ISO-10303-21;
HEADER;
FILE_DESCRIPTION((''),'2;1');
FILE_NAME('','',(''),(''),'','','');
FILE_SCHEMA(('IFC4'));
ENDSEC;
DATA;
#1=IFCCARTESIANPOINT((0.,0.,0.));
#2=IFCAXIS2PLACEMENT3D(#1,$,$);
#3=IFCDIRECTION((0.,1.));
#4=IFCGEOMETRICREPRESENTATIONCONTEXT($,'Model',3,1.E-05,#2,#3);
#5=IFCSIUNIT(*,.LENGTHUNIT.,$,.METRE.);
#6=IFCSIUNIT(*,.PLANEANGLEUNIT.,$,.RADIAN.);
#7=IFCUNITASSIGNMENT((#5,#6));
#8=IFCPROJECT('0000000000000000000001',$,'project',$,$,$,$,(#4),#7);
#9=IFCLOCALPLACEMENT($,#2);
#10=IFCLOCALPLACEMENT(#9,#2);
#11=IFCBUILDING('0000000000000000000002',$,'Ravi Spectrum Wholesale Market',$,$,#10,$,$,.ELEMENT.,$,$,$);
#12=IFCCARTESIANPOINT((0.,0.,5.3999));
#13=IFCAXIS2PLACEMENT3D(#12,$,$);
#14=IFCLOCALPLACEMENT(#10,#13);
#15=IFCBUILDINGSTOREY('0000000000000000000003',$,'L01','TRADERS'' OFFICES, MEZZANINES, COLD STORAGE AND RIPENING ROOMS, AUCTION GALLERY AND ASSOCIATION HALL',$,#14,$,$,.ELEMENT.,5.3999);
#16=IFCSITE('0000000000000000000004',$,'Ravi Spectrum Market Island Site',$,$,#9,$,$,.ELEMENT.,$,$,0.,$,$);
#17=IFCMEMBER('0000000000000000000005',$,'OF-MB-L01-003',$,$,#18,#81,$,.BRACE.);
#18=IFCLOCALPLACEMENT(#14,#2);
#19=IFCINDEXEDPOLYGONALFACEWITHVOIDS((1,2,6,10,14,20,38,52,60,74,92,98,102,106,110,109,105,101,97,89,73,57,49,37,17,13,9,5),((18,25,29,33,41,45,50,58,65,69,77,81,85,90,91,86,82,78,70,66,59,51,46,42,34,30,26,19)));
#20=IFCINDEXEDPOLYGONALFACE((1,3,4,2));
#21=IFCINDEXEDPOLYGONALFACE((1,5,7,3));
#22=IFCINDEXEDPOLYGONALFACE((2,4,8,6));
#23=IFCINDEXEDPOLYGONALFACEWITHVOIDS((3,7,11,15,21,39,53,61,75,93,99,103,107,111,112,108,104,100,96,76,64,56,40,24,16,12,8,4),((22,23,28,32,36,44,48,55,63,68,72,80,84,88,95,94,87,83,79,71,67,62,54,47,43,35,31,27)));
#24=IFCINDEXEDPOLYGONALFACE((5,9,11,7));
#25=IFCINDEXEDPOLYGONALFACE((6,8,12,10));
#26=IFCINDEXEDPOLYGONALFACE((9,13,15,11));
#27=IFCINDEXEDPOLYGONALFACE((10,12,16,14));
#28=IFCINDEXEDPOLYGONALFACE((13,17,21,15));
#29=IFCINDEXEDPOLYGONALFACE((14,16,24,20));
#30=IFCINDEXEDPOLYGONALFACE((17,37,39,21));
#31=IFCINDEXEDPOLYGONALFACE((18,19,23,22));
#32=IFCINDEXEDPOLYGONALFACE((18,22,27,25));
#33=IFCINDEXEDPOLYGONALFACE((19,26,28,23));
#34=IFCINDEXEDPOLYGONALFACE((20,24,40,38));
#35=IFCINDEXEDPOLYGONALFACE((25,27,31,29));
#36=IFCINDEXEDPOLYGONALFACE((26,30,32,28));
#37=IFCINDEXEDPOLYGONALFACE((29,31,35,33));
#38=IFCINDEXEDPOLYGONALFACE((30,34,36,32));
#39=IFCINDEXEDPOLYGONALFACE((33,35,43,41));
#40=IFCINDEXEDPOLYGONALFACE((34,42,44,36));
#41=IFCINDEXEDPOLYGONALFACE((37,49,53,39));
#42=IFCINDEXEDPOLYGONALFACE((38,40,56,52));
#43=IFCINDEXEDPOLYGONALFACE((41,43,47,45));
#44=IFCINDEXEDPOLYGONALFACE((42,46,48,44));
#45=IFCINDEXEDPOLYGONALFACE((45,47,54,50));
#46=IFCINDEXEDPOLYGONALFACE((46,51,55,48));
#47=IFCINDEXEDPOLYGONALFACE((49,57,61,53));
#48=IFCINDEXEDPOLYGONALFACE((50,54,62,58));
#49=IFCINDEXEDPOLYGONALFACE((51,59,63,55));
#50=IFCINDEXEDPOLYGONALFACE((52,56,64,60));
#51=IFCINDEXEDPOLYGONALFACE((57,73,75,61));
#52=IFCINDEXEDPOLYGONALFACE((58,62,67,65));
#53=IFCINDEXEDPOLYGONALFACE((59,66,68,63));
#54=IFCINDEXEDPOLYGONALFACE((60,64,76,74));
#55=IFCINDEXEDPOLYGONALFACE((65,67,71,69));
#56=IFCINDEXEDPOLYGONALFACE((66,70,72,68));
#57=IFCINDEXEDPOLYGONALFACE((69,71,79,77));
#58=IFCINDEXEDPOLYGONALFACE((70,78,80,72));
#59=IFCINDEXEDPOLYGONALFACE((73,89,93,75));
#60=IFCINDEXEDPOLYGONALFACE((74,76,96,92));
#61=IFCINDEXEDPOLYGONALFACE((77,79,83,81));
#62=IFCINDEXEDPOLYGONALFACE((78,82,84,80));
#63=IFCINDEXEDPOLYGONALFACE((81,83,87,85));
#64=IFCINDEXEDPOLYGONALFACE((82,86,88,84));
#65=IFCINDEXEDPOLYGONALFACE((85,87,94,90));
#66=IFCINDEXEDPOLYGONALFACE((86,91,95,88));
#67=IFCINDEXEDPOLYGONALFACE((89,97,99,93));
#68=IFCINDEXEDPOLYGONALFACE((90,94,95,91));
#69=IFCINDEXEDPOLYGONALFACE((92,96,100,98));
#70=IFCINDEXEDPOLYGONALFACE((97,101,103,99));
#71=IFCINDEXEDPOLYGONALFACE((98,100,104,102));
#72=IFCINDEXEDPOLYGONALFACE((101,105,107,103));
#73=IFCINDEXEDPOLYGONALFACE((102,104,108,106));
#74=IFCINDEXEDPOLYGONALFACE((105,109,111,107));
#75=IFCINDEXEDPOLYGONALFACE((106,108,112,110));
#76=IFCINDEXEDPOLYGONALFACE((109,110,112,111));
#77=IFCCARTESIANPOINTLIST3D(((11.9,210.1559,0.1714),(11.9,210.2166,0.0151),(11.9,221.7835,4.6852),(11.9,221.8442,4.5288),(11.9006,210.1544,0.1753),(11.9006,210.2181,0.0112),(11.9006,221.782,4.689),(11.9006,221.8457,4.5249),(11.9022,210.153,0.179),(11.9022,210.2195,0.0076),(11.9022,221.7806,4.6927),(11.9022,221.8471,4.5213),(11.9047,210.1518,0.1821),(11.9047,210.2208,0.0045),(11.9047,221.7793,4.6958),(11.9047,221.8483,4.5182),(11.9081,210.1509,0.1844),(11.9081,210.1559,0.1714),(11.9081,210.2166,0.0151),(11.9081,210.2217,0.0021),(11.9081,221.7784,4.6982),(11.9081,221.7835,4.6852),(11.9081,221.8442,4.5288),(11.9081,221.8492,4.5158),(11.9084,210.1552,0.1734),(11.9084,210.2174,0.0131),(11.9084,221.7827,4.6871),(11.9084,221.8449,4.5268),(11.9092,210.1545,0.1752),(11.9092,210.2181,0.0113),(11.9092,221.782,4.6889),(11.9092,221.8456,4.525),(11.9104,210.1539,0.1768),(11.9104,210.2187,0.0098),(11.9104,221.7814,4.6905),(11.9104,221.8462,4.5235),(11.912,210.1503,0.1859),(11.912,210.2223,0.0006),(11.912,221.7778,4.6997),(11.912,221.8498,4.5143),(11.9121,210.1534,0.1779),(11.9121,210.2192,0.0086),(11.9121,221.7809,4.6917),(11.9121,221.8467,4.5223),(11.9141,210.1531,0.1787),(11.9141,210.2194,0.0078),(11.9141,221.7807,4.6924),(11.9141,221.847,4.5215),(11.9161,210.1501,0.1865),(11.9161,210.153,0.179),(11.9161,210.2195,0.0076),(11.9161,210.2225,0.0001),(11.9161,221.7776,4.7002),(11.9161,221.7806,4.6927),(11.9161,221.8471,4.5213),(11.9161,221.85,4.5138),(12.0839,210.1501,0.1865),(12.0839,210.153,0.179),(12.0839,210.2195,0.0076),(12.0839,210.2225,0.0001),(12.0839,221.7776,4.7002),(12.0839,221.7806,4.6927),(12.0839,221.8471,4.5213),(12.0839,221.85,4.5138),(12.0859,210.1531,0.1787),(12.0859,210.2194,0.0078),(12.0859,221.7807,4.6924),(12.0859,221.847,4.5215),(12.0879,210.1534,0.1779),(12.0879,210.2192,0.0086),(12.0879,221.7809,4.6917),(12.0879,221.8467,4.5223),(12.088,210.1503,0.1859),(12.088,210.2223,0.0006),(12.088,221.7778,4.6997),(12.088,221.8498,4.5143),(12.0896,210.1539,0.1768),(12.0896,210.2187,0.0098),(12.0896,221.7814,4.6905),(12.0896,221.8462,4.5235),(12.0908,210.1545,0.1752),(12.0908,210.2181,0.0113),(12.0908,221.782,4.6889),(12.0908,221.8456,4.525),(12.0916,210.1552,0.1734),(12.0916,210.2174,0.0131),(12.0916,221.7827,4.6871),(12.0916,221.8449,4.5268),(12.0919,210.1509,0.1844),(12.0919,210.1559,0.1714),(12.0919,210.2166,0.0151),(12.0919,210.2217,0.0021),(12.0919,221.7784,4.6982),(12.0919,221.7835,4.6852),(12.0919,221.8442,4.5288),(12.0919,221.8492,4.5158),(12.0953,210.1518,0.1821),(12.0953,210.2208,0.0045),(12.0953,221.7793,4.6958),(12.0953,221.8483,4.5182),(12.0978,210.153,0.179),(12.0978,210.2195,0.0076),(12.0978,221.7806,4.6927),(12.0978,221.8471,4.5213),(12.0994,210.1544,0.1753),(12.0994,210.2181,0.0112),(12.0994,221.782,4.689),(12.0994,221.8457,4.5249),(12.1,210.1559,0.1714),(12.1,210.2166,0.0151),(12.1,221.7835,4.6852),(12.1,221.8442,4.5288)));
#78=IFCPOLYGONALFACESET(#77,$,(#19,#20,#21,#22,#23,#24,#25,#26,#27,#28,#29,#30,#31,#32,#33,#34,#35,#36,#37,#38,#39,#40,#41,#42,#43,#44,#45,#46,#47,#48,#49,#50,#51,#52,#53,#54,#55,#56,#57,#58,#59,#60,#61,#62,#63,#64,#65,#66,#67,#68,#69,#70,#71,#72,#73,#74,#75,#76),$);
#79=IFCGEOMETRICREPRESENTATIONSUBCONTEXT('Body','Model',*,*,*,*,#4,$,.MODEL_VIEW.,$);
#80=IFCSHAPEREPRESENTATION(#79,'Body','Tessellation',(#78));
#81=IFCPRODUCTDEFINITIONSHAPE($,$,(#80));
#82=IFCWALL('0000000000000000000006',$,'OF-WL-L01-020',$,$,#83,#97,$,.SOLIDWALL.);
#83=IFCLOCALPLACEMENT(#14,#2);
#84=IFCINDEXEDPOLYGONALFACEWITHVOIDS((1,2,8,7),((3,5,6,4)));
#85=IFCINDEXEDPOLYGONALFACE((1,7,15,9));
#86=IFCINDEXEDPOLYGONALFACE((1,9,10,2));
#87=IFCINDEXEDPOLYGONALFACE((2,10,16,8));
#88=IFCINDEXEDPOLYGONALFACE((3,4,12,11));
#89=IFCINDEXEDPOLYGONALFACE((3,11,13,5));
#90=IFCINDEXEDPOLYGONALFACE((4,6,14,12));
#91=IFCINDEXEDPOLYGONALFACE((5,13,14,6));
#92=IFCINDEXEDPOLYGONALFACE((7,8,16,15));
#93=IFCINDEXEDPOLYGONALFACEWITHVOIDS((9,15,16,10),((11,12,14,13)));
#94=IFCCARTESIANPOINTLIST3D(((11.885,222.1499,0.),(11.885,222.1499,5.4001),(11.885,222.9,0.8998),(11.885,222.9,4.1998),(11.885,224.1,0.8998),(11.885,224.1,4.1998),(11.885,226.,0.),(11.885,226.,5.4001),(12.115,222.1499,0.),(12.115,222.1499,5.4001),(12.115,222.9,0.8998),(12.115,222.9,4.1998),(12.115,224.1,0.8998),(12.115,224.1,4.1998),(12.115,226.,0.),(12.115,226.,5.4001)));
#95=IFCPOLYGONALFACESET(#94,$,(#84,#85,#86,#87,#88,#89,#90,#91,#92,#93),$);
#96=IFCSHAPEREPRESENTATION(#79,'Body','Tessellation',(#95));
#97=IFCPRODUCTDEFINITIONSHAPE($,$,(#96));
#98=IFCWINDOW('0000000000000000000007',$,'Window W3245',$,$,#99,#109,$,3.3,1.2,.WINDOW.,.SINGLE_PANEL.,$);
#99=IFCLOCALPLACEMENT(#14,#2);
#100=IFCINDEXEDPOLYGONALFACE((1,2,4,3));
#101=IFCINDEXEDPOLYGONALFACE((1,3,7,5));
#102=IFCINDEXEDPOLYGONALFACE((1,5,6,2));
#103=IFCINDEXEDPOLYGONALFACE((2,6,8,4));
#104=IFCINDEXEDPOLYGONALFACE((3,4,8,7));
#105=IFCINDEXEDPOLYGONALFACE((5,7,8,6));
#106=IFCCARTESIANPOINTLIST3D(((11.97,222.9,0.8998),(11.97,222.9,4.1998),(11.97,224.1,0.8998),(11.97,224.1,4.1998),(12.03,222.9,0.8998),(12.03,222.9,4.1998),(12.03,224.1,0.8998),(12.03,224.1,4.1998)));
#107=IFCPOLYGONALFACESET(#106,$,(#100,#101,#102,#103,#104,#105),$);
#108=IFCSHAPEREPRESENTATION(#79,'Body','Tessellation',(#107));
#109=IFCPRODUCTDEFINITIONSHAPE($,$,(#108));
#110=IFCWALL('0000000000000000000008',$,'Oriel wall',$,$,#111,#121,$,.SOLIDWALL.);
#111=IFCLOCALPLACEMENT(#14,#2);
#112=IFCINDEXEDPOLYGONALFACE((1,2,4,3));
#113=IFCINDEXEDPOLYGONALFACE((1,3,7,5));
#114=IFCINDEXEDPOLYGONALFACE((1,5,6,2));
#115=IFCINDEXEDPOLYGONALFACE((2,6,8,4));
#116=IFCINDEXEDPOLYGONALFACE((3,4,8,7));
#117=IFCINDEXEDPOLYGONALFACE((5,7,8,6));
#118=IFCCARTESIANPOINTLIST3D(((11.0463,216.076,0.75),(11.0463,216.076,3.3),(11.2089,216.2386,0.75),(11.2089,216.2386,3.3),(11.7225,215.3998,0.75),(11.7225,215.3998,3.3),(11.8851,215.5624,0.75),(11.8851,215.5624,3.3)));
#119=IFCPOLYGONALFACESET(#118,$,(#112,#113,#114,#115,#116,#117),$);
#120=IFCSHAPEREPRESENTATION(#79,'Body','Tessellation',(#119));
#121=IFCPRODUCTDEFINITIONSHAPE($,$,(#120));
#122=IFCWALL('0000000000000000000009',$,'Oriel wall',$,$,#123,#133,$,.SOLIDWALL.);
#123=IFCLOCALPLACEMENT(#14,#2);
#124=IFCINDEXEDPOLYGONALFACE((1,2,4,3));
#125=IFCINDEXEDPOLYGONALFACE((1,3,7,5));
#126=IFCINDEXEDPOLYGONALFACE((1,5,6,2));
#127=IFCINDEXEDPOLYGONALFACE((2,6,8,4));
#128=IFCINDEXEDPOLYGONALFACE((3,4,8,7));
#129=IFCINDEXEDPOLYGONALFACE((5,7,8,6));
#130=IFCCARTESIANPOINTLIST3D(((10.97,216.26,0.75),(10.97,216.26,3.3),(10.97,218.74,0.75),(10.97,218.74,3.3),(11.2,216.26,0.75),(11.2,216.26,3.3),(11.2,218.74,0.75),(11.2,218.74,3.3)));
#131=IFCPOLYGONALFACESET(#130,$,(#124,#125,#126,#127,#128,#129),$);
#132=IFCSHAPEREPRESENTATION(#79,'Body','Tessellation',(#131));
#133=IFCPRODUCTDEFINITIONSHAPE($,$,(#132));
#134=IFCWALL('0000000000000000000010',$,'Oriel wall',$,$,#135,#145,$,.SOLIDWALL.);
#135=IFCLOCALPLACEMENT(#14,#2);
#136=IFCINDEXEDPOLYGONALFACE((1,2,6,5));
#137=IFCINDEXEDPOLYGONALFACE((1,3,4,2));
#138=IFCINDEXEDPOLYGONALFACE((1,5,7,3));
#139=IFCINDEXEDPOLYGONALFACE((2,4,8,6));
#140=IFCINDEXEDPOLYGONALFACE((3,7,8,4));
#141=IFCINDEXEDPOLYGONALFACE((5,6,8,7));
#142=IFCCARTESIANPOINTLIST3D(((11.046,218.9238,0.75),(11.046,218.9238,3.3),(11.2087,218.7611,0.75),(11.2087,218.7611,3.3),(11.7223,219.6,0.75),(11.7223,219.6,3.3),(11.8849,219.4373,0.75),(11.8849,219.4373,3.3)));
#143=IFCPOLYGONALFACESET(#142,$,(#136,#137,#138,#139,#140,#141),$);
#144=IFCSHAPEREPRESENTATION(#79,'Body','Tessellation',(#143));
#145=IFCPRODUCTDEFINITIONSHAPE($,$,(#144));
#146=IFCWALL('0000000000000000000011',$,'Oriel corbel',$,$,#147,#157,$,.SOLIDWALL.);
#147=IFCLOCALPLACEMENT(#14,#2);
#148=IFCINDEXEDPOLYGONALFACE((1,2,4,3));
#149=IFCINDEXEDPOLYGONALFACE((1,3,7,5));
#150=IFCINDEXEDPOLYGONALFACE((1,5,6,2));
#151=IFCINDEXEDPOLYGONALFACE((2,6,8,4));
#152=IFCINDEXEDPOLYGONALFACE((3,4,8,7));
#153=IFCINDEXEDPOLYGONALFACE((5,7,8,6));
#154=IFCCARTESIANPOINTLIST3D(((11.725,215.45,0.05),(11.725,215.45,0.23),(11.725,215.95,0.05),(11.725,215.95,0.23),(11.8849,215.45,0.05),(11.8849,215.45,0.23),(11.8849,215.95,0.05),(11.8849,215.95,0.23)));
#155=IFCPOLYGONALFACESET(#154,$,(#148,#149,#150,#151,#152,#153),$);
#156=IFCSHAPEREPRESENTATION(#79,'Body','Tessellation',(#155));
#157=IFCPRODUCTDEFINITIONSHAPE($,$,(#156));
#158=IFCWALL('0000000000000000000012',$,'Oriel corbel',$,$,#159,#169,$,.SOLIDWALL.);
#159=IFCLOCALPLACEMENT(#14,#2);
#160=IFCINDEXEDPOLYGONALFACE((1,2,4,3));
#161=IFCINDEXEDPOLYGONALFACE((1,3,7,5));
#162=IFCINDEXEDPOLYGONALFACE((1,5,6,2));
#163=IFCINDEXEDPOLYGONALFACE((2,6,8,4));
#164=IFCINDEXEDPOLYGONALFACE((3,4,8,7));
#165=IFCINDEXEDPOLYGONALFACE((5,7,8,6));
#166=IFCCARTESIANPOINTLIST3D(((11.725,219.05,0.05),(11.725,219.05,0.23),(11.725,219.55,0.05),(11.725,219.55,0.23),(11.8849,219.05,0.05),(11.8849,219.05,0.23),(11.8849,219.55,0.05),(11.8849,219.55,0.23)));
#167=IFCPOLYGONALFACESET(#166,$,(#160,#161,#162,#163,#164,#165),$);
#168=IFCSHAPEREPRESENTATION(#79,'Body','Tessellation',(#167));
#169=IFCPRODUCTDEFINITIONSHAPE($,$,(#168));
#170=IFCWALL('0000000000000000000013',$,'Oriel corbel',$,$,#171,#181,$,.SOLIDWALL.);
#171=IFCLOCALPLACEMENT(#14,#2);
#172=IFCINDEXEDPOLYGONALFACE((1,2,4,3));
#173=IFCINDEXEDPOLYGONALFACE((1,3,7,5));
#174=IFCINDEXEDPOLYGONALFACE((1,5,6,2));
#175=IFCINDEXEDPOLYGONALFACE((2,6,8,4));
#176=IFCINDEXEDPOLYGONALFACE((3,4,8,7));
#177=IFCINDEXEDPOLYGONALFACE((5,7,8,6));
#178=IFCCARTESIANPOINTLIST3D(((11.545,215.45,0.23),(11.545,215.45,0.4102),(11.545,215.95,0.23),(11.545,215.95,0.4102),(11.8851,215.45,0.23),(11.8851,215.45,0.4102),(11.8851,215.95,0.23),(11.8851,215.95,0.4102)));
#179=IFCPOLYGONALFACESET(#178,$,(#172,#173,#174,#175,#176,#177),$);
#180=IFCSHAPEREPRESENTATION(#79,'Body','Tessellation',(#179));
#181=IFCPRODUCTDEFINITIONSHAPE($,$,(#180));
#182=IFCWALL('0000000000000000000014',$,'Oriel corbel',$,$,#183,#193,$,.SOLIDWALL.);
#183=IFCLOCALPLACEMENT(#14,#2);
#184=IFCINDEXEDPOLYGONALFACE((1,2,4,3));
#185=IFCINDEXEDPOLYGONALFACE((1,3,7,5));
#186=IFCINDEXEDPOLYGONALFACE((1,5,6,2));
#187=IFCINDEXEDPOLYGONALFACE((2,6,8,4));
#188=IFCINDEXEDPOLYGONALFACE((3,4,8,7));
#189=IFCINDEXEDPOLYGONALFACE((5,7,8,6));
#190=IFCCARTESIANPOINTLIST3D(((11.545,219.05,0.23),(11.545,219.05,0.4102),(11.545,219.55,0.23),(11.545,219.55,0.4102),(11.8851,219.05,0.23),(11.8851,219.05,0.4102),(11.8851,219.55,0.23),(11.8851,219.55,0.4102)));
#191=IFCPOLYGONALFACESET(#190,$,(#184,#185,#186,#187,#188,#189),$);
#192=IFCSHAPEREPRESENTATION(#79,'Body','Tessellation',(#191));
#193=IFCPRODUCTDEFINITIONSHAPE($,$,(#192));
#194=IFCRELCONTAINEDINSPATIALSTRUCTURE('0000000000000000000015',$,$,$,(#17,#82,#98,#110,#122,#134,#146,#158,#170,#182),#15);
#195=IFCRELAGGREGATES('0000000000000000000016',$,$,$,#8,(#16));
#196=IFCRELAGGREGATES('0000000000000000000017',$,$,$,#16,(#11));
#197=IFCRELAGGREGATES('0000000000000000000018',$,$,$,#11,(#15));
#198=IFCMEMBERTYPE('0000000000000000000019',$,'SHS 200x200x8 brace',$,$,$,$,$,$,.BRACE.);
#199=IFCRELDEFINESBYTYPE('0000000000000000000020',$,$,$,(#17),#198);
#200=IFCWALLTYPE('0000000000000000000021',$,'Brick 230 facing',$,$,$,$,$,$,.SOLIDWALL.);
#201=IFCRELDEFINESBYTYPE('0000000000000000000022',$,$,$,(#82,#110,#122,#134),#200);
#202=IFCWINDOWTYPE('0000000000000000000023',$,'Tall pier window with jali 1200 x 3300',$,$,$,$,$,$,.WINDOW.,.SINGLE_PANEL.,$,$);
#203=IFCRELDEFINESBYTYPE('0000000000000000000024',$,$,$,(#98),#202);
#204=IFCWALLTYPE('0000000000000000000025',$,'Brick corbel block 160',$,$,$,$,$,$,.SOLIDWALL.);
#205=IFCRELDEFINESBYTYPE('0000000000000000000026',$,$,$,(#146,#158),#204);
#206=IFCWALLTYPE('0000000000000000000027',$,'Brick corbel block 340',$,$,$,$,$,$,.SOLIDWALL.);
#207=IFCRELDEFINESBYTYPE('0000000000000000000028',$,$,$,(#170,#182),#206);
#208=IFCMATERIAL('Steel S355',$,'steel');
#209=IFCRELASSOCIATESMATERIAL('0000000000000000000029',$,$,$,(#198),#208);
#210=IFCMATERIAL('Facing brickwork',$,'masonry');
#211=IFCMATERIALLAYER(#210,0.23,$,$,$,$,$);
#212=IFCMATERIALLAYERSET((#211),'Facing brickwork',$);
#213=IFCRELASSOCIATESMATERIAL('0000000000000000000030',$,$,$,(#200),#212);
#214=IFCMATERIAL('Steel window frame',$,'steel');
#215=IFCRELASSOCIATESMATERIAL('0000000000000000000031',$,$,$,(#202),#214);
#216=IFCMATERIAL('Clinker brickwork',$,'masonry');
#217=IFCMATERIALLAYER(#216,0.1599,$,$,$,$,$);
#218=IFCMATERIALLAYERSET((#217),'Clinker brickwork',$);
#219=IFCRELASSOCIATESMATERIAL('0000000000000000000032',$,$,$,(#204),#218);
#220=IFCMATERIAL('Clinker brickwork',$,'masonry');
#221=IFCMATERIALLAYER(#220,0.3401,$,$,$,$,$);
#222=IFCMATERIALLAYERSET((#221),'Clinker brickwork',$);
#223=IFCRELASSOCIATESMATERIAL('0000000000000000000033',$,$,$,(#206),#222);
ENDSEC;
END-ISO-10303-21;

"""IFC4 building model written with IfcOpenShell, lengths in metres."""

from ifc_helpers import new_model, si_unit, direction, frame, frame_2d, origin, origin_2d, place, context, subcontext, project, spatial, rectangle, hollow_rectangle, extrude, material, layer, layer_set, material_profile, profile_set, type_object, element, fill, save


model = new_model("IFC4")

# Units and contexts
model_context = context("Model", 3, precision=1e-05, world=origin(), true_north=direction((0.0, 1.0)))
body_context = subcontext(model_context, "Body", "Model", "MODEL_VIEW")
ifc_project = project(units=[si_unit("LENGTHUNIT", "METRE"), si_unit("PLANEANGLEUNIT", "RADIAN")], contexts=[model_context])

# Site, building, storey
site_placement = place(None, origin())
site = spatial("IfcSite", under=ifc_project, at=site_placement, Name="Ravi Spectrum Market Island Site", CompositionType="ELEMENT", RefElevation=0.0)
building_placement = place(site_placement, origin())
building = spatial("IfcBuilding", under=site, at=building_placement, Name="Ravi Spectrum Wholesale Market", CompositionType="ELEMENT")
storey_placement = place(building_placement, frame((0.0, 0.0, 5.3999)))
storey = spatial("IfcBuildingStorey", under=building, at=storey_placement, Name="L01", Description="TRADERS' OFFICES, MEZZANINES, COLD STORAGE AND RIPENING ROOMS, AUCTION GALLERY AND ASSOCIATION HALL", CompositionType="ELEMENT", Elevation=5.3999)

# Member
ifc_material_1 = material(Name="Steel S355", Category="steel")
ifc_material_profile_1 = material_profile(ifc_material_1, hollow_rectangle(XDim=0.2, YDim=0.2, WallThickness=0.0081, InnerFilletRadius=0.0081, OuterFilletRadius=0.0161, at=origin_2d()))
ifc_profile_set_1 = profile_set([ifc_material_profile_1], Name="Steel S355")
member_type = type_object("IfcMemberType", Name="SHS 200x200x8 brace", PredefinedType="BRACE", material=ifc_profile_set_1)
member_placement = place(storey_placement, frame((12.0, 210.1863, 0.0933), z_axis=(0.0, 0.932224, 0.361881), x_axis=(-1.0, 0.0, 0.0)))
element("IfcMember", 1, at=member_placement, inside=storey, type_object=member_type, Name="OF-MB-L01-003", PredefinedType="BRACE", context=body_context, shape_type="SweptSolid", body=[
    extrude(hollow_rectangle(XDim=0.2, YDim=0.2, WallThickness=0.0081, InnerFilletRadius=0.0081, OuterFilletRadius=0.0161, at=origin_2d()), origin(), (0.0, 0.0, 1.0), 12.4729),
])

# Wall, opening, window
ifc_material_2 = material(Name="Facing brickwork", Category="masonry")
ifc_layer_1 = layer(ifc_material_2, 0.23)
ifc_layer_set_1 = layer_set([ifc_layer_1], Name="Facing brickwork")
wall_type_1 = type_object("IfcWallType", Name="Brick 230 facing", PredefinedType="SOLIDWALL", material=ifc_layer_set_1)
wall_1_placement = place(storey_placement, frame((12.0, 222.1499, 0.0), z_axis=(0.0, 0.0, 1.0), x_axis=(0.0, 1.0, 0.0)))
wall_1 = element("IfcWall", 2, at=wall_1_placement, inside=storey, type_object=wall_type_1, Name="OF-WL-L01-020", PredefinedType="SOLIDWALL", context=body_context, shape_type="SweptSolid", body=[
    extrude(rectangle(XDim=3.8501, YDim=0.23, at=frame_2d((1.925, 0.0))), origin(), (0.0, 0.0, 1.0), 5.4001),
])
opening_1_placement = place(wall_1_placement, frame((0.75, 0.0, 0.8999)))
opening_1 = element("IfcOpeningElement", 3, at=opening_1_placement, cuts=wall_1, PredefinedType="OPENING", context=body_context, shape_type="SweptSolid", body=[
    extrude(rectangle(XDim=1.2, YDim=3.3, at=frame_2d((0.6001, 1.6499))), frame((0.0, 0.125, 0.0), z_axis=(0.0, -1.0, 0.0), x_axis=(1.0, 0.0, 0.0)), (0.0, 0.0, 1.0), 0.25),
])
ifc_material_3 = material(Name="Steel window frame", Category="steel")
window_type = type_object("IfcWindowType", Name="Tall pier window with jali 1200 x 3300", PartitioningType="SINGLE_PANEL", PredefinedType="WINDOW", material=ifc_material_3)
window_placement = place(opening_1_placement, origin())
window = element("IfcWindow", 4, at=window_placement, inside=storey, type_object=window_type, Name="Window W3245", OverallHeight=3.3, OverallWidth=1.2, PartitioningType="SINGLE_PANEL", PredefinedType="WINDOW", context=body_context, shape_type="SweptSolid", body=[
    extrude(rectangle(XDim=1.2, YDim=3.3, at=frame_2d((0.6001, 1.6499))), frame((0.0, 0.03, 0.0), z_axis=(0.0, -1.0, 0.0), x_axis=(1.0, 0.0, 0.0)), (0.0, 0.0, 1.0), 0.0601),
])
fill(opening_1, window)

# Walls
wall_2_placement = place(storey_placement, frame((11.8037, 215.4812, 0.75), z_axis=(0.0, 0.0, 1.0), x_axis=(-0.707107, 0.707107, 0.0)))
element("IfcWall", 5, at=wall_2_placement, inside=storey, type_object=wall_type_1, Name="Oriel wall", PredefinedType="SOLIDWALL", context=body_context, shape_type="SweptSolid", body=[
    extrude(rectangle(XDim=0.9563, YDim=0.23, at=frame_2d((0.478, 0.0))), origin(), (0.0, 0.0, 1.0), 2.55),
])
wall_3_placement = place(storey_placement, frame((11.085, 216.26, 0.75), z_axis=(0.0, 0.0, 1.0), x_axis=(0.0, 1.0, 0.0)))
element("IfcWall", 6, at=wall_3_placement, inside=storey, type_object=wall_type_1, Name="Oriel wall", PredefinedType="SOLIDWALL", context=body_context, shape_type="SweptSolid", body=[
    extrude(rectangle(XDim=2.48, YDim=0.23, at=frame_2d((1.24, 0.0))), origin(), (0.0, 0.0, 1.0), 2.55),
])
wall_4_placement = place(storey_placement, frame((11.1274, 218.8425, 0.75), z_axis=(0.0, 0.0, 1.0), x_axis=(0.707107, 0.707107, 0.0)))
element("IfcWall", 7, at=wall_4_placement, inside=storey, type_object=wall_type_1, Name="Oriel wall", PredefinedType="SOLIDWALL", context=body_context, shape_type="SweptSolid", body=[
    extrude(rectangle(XDim=0.9563, YDim=0.23, at=frame_2d((0.478, 0.0))), origin(), (0.0, 0.0, 1.0), 2.55),
])
ifc_material_4 = material(Name="Clinker brickwork", Category="masonry")
ifc_layer_2 = layer(ifc_material_4, 0.1599)
ifc_layer_set_2 = layer_set([ifc_layer_2], Name="Clinker brickwork")
wall_type_2 = type_object("IfcWallType", Name="Brick corbel block 160", PredefinedType="SOLIDWALL", material=ifc_layer_set_2)
for number, where, z_axis, x_axis, name in (
    (8, (11.8049, 215.45, 0.05), (0.0, 0.0, 1.0), (0.0, 1.0, 0.0), "Oriel corbel"),
    (9, (11.8049, 219.05, 0.05), (0.0, 0.0, 1.0), (0.0, 1.0, 0.0), "Oriel corbel"),
):
    element("IfcWall", number, at=place(storey_placement, frame(where, z_axis=z_axis, x_axis=x_axis)), inside=storey, type_object=wall_type_2, Name=name, PredefinedType="SOLIDWALL", context=body_context, shape_type="SweptSolid", body=[
        extrude(rectangle(XDim=0.5, YDim=0.1599, at=frame_2d((0.25, 0.0))), origin(), (0.0, 0.0, 1.0), 0.1799),
    ])
ifc_material_5 = material(Name="Clinker brickwork", Category="masonry")
ifc_layer_3 = layer(ifc_material_5, 0.3401)
ifc_layer_set_3 = layer_set([ifc_layer_3], Name="Clinker brickwork")
wall_type_3 = type_object("IfcWallType", Name="Brick corbel block 340", PredefinedType="SOLIDWALL", material=ifc_layer_set_3)
for number, where, z_axis, x_axis, name in (
    (10, (11.7151, 215.45, 0.23), (0.0, 0.0, 1.0), (0.0, 1.0, 0.0), "Oriel corbel"),
    (11, (11.7151, 219.05, 0.23), (0.0, 0.0, 1.0), (0.0, 1.0, 0.0), "Oriel corbel"),
):
    element("IfcWall", number, at=place(storey_placement, frame(where, z_axis=z_axis, x_axis=x_axis)), inside=storey, type_object=wall_type_3, Name=name, PredefinedType="SOLIDWALL", context=body_context, shape_type="SweptSolid", body=[
        extrude(rectangle(XDim=0.5, YDim=0.3401, at=frame_2d((0.25, 0.0))), origin(), (0.0, 0.0, 1.0), 0.1802),
    ])

save(model, "model.ifc")
